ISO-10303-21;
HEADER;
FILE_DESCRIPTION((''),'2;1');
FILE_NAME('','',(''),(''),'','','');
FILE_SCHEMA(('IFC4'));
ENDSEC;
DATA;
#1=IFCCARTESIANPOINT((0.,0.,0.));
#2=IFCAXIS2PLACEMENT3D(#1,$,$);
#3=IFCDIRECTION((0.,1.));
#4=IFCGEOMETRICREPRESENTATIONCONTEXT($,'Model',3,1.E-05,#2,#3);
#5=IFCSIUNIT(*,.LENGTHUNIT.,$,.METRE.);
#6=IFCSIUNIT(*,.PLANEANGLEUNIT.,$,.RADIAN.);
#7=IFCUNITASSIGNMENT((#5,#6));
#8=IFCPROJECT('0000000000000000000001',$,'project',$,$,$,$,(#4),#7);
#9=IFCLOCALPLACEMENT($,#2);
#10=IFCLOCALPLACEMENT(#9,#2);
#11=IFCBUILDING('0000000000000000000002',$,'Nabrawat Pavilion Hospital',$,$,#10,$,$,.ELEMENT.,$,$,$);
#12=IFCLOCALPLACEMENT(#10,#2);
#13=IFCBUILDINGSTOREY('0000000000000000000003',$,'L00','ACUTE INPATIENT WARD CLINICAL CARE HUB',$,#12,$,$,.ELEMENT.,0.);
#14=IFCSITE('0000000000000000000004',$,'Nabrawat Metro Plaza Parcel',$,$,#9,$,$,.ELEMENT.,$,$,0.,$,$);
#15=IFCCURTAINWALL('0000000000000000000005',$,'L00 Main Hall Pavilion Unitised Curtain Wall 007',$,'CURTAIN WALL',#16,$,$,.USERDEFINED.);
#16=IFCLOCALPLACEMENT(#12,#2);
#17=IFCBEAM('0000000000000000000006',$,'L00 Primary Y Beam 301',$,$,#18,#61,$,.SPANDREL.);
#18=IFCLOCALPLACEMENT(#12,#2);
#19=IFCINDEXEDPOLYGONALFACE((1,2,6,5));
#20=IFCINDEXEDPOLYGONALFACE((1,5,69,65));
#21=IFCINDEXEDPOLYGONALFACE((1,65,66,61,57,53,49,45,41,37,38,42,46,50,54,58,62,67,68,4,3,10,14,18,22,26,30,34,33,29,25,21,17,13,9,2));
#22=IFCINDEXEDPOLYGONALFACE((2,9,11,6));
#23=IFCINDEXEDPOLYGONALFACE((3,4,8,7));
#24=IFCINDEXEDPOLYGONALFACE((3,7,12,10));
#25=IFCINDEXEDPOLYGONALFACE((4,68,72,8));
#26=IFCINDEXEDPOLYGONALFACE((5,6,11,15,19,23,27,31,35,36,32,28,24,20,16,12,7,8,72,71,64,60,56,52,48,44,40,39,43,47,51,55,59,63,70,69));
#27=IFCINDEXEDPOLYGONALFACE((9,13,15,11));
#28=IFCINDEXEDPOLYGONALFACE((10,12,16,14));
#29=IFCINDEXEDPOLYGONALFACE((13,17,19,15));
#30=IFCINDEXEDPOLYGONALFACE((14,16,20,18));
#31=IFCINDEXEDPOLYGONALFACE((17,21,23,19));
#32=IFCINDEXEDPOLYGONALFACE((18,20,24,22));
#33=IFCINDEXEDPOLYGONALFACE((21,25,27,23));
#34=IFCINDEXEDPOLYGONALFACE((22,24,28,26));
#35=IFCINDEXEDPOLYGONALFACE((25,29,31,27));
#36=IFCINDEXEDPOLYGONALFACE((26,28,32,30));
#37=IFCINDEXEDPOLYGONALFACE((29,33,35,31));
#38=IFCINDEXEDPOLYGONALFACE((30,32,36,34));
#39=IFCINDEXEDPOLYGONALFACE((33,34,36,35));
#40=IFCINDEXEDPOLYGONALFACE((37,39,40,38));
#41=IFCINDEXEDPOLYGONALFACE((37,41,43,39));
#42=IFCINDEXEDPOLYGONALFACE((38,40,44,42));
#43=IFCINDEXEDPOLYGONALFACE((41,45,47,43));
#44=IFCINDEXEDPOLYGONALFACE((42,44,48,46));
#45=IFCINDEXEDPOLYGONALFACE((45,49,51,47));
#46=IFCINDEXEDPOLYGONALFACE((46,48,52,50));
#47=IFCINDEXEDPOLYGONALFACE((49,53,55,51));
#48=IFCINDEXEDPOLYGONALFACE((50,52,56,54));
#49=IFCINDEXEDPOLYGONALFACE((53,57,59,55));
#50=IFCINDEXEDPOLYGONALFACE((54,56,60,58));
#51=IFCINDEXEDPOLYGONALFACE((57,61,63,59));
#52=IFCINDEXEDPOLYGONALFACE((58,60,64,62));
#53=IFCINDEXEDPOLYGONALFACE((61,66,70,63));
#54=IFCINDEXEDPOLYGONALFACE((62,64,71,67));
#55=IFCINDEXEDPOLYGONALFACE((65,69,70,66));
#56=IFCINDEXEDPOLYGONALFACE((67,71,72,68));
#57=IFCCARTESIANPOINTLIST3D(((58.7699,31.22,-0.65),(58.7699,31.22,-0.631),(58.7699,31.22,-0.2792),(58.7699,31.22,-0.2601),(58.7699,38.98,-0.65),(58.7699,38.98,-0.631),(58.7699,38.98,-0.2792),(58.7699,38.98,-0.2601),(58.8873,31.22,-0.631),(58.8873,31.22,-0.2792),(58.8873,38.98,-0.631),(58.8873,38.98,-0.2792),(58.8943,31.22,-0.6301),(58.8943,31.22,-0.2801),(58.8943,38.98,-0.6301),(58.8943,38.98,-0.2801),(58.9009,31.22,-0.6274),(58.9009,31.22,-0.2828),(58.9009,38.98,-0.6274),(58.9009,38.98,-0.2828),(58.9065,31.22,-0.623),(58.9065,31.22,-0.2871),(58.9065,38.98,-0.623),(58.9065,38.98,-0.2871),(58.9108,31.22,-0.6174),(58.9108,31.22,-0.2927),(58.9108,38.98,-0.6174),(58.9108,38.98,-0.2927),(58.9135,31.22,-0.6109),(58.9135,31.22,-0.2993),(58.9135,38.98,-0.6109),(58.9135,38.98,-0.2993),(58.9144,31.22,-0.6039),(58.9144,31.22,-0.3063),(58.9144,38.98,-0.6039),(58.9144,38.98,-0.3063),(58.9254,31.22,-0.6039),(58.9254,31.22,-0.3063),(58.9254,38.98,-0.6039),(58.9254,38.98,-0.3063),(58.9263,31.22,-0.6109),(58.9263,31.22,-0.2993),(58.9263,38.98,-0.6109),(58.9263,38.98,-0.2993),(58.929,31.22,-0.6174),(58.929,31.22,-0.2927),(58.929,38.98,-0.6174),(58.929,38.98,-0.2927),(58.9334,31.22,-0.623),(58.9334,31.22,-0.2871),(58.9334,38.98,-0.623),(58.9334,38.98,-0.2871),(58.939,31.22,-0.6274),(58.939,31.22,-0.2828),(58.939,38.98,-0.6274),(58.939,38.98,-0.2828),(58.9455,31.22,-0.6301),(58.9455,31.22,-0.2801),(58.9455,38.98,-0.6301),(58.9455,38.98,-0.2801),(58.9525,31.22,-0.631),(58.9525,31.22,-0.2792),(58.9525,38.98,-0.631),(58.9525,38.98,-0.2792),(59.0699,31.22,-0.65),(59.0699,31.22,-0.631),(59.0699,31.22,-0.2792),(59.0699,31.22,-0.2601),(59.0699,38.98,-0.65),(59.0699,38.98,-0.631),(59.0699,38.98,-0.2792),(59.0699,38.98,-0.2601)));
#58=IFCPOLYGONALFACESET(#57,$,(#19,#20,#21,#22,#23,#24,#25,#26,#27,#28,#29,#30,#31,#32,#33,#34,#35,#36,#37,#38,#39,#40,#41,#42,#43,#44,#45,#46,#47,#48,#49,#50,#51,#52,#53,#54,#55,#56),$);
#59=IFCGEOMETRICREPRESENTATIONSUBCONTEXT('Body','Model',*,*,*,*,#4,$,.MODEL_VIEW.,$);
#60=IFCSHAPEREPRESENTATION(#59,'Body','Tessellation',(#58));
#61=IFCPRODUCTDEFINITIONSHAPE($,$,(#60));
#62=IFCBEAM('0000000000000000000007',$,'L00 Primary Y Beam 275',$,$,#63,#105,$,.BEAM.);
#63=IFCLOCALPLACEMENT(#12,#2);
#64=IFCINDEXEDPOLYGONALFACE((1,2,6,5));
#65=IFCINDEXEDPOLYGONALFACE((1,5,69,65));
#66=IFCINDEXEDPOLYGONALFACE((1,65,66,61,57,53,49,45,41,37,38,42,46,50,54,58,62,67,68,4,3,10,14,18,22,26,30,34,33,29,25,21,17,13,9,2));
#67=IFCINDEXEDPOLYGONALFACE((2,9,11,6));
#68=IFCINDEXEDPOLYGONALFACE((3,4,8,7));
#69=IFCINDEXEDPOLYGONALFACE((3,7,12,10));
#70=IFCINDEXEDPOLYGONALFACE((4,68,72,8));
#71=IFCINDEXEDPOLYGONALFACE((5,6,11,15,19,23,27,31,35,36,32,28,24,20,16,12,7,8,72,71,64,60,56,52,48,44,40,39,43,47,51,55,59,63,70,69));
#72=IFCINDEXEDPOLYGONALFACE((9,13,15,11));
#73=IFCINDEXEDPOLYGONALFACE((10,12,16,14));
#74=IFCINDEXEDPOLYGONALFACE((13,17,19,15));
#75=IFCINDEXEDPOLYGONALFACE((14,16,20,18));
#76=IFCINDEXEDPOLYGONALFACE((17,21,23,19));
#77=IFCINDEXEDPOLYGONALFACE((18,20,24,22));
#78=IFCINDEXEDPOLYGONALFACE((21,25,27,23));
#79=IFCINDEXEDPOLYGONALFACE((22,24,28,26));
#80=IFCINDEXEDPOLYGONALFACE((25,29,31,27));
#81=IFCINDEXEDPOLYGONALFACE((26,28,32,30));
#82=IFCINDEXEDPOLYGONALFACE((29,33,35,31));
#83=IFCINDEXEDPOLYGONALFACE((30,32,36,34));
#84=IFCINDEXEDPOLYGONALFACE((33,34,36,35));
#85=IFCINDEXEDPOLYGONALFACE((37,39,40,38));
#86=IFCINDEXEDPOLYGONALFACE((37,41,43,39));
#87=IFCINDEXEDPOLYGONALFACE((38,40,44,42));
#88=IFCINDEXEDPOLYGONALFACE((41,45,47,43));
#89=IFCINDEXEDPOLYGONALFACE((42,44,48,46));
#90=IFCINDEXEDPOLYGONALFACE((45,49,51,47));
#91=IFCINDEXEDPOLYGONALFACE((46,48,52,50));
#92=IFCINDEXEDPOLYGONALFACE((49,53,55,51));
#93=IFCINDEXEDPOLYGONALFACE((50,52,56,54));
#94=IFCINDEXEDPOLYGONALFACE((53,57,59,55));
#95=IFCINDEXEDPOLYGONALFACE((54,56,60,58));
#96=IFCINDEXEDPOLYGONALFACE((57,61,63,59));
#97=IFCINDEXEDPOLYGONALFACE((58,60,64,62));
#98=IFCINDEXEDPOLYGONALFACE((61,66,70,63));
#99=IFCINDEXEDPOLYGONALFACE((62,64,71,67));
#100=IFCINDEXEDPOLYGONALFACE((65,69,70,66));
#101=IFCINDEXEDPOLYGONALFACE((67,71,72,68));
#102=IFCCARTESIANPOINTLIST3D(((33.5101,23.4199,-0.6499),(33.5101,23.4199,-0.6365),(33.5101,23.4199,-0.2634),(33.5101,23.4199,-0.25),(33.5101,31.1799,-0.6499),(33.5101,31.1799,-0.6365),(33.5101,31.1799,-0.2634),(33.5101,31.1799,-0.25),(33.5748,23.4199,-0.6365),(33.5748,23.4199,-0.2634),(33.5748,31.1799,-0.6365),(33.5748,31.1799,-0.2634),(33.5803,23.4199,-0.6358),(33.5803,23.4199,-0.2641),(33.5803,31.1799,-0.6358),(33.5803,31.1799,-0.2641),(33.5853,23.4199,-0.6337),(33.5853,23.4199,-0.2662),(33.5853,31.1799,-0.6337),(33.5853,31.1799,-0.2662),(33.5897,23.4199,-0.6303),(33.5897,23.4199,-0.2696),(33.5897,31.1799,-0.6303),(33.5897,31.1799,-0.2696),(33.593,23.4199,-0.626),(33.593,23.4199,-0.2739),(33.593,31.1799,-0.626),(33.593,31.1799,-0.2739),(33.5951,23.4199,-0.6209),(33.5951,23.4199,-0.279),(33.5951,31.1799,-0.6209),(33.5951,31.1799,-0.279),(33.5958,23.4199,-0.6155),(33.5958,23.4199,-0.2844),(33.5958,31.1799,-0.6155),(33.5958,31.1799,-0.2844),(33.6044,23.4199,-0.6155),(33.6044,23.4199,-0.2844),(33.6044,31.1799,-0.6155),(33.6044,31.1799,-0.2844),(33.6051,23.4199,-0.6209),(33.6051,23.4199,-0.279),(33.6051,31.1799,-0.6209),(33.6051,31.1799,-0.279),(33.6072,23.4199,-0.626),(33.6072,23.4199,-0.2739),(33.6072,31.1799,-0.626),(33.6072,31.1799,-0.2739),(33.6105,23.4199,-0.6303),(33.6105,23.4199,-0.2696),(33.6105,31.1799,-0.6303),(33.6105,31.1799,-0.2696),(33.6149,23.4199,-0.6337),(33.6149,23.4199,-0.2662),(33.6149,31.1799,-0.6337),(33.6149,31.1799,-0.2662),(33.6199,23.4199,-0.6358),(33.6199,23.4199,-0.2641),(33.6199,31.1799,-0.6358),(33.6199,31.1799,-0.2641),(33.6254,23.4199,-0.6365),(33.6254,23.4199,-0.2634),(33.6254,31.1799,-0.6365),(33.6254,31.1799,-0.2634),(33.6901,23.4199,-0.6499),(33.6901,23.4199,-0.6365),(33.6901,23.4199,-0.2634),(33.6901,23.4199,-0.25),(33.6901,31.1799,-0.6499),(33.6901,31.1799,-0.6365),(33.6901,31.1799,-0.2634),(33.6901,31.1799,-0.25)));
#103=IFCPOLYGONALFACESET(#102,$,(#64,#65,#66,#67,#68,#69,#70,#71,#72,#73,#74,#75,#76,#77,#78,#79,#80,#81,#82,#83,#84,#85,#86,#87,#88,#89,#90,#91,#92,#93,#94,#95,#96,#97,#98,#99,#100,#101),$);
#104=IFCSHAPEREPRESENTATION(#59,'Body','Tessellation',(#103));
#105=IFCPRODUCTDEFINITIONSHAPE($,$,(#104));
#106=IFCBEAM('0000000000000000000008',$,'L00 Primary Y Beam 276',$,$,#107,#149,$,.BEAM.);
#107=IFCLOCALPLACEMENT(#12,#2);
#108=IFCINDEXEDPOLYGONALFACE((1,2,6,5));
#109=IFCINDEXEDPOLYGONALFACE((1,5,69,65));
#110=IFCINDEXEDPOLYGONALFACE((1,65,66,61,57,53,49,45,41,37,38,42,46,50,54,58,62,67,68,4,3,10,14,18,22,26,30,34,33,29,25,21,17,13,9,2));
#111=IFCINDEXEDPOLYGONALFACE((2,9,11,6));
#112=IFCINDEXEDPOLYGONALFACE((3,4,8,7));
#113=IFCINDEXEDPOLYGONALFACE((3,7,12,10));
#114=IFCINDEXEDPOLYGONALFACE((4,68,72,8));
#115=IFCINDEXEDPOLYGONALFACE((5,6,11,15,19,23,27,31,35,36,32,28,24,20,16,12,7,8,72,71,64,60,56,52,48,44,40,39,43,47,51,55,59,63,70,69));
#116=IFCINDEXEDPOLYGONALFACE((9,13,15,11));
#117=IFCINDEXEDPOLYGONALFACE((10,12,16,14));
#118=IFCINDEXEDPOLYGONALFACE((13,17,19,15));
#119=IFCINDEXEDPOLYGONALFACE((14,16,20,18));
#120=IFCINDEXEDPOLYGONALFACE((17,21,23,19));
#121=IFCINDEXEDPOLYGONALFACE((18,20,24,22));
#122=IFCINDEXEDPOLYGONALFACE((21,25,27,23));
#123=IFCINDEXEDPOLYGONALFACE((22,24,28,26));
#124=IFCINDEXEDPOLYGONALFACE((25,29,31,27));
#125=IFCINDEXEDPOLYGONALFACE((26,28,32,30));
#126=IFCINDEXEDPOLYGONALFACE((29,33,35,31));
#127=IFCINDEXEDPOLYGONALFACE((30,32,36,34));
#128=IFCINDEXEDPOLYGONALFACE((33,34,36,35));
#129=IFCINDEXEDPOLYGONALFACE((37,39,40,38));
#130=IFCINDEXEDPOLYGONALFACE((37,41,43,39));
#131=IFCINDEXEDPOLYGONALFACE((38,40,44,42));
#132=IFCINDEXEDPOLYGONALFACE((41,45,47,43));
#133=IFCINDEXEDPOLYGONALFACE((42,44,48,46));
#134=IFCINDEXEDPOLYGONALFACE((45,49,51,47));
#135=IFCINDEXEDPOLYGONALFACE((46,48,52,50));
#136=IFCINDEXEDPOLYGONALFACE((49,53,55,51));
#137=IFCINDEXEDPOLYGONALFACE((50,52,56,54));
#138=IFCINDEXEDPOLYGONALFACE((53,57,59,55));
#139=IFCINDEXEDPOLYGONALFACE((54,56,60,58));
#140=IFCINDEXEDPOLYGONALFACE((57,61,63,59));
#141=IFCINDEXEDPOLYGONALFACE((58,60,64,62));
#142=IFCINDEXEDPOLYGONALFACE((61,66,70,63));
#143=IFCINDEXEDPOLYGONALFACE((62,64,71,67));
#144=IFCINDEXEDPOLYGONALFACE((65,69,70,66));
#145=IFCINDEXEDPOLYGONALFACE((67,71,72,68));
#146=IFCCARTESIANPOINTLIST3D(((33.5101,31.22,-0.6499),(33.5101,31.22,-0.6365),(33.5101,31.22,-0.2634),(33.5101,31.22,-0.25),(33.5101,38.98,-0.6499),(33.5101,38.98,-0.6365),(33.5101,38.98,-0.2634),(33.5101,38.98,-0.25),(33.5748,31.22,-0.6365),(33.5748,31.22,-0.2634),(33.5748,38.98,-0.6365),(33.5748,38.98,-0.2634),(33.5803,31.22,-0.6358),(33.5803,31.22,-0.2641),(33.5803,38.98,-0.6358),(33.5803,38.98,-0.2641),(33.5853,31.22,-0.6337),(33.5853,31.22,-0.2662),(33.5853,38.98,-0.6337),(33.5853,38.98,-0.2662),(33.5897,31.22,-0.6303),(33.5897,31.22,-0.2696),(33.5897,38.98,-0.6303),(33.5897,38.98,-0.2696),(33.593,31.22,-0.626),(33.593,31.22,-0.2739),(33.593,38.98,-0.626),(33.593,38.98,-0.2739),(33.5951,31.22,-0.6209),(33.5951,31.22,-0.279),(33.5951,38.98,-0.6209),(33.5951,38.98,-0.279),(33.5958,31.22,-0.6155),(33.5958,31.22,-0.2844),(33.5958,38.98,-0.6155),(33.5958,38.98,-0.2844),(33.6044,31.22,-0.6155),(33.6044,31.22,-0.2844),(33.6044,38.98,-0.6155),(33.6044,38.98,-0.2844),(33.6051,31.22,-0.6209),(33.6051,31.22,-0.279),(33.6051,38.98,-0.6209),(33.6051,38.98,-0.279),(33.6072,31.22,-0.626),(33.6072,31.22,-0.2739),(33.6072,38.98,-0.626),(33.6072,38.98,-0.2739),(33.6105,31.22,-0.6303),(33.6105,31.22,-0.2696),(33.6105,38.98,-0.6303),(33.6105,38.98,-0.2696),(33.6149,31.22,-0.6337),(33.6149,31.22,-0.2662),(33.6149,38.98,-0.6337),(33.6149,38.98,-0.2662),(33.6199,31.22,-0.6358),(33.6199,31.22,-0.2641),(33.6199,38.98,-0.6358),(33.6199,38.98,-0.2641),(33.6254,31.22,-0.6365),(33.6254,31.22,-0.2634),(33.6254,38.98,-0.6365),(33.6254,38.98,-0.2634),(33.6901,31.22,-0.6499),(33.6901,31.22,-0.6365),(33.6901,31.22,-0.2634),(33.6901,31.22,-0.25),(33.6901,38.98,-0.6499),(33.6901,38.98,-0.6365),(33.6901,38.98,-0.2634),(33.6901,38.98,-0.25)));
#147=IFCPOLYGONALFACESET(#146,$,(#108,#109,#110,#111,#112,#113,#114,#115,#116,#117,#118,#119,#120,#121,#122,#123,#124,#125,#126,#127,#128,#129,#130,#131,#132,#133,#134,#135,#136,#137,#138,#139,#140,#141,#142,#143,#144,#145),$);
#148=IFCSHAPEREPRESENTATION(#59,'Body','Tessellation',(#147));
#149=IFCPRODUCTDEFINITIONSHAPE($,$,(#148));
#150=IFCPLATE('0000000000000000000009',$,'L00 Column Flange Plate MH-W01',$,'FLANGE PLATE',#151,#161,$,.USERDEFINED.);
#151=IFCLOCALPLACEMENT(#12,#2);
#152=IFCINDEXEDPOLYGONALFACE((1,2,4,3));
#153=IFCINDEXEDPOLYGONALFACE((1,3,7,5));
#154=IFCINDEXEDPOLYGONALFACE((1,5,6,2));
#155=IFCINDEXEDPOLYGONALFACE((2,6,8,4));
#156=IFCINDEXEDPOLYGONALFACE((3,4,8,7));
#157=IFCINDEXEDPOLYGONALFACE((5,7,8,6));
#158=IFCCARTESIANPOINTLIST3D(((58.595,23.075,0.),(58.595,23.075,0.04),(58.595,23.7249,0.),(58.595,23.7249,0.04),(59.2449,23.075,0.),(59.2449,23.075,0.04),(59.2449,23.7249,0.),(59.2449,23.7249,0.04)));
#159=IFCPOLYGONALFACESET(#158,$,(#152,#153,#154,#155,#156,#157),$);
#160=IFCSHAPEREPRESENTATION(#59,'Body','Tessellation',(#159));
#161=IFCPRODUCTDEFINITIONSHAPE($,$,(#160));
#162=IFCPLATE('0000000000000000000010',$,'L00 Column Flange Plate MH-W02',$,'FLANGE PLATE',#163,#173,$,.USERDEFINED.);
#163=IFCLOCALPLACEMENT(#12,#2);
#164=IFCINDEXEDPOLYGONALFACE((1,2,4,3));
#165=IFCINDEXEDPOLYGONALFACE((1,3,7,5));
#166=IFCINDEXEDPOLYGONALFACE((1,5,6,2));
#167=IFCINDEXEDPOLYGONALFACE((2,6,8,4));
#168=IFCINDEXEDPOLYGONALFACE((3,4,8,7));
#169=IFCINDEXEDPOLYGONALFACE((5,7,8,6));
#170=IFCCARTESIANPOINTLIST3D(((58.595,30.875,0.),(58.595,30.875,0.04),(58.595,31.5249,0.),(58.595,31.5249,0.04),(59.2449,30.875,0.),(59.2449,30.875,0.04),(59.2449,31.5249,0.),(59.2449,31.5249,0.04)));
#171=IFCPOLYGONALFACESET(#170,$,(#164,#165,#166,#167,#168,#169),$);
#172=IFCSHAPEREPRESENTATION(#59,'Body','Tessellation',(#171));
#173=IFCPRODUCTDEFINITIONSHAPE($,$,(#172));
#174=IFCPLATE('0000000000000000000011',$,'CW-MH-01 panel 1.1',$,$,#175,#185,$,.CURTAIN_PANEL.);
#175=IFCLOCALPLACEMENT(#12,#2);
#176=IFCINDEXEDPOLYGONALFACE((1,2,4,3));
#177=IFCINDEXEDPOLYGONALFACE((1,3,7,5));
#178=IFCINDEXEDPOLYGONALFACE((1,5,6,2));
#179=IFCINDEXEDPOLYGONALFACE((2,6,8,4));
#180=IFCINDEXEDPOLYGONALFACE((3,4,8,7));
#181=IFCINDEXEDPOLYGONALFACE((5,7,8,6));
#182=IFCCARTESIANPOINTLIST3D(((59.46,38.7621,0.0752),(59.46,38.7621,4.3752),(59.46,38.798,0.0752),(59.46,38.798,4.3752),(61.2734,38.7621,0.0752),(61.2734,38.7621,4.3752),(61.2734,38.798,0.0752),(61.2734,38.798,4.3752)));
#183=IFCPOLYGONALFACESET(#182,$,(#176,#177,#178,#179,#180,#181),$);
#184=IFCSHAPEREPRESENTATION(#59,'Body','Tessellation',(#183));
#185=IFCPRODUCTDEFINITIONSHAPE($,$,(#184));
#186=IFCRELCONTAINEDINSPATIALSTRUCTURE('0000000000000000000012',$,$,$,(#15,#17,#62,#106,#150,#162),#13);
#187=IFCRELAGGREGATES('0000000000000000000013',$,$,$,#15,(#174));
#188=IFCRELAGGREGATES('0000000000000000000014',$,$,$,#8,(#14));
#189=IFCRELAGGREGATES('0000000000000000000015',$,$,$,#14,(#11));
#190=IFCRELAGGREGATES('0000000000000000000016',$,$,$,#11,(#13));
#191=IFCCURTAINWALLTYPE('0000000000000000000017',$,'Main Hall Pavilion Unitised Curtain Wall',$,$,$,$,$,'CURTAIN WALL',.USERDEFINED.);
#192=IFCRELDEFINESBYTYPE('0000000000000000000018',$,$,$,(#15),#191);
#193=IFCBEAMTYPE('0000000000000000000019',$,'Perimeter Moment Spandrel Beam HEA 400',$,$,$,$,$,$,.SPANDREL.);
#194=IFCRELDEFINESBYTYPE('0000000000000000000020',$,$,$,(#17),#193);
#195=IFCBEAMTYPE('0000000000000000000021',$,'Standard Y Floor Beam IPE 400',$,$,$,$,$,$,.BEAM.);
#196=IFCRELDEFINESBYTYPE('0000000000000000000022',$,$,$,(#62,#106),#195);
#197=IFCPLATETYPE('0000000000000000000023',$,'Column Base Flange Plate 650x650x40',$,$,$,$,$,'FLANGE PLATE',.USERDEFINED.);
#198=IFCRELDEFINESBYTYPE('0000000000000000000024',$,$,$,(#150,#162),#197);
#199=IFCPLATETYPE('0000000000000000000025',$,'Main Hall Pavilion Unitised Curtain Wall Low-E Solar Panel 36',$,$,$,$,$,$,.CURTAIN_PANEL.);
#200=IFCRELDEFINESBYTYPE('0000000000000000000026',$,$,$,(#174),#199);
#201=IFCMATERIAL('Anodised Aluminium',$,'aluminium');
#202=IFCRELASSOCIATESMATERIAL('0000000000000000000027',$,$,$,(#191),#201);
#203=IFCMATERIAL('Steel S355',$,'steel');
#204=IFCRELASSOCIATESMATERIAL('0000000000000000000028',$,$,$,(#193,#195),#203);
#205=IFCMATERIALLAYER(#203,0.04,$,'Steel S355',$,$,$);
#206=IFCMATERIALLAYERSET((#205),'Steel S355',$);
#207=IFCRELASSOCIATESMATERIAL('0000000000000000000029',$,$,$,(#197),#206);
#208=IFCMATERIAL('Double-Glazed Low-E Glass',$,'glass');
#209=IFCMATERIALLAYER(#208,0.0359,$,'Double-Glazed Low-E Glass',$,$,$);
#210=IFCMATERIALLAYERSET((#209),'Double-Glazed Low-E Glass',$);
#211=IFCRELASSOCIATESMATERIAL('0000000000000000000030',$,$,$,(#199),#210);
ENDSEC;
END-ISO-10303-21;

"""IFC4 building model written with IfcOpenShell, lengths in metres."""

from ifc_helpers import new_model, si_unit, direction, frame, origin, origin_2d, place, context, subcontext, project, spatial, rectangle, i_section, extrude, material, layer, layer_set, material_profile, profile_set, type_object, element, aggregate, save


model = new_model("IFC4")

# Units and contexts
model_context = context("Model", 3, precision=1e-05, world=origin(), true_north=direction((0.0, 1.0)))
body_context = subcontext(model_context, "Body", "Model", "MODEL_VIEW")
ifc_project = project(units=[si_unit("LENGTHUNIT", "METRE"), si_unit("PLANEANGLEUNIT", "RADIAN")], contexts=[model_context])

# Site, building, storey
site_placement = place(None, origin())
site = spatial("IfcSite", under=ifc_project, at=site_placement, Name="Nabrawat Metro Plaza Parcel", CompositionType="ELEMENT", RefElevation=0.0)
building_placement = place(site_placement, origin())
building = spatial("IfcBuilding", under=site, at=building_placement, Name="Nabrawat Pavilion Hospital", CompositionType="ELEMENT")
storey_placement = place(building_placement, origin())
storey = spatial("IfcBuildingStorey", under=building, at=storey_placement, Name="L00", Description="ACUTE INPATIENT WARD CLINICAL CARE HUB", CompositionType="ELEMENT", Elevation=0.0)

# Shared definitions
ifc_material_1 = material(Name="Steel S355", Category="steel")

# Curtain wall
ifc_material_2 = material(Name="Anodised Aluminium", Category="aluminium")
curtain_wall_type = type_object("IfcCurtainWallType", Name="Main Hall Pavilion Unitised Curtain Wall", ElementType="CURTAIN WALL", PredefinedType="USERDEFINED", material=ifc_material_2)
curtain_wall_placement = place(storey_placement, origin())
curtain_wall = element("IfcCurtainWall", 1, at=curtain_wall_placement, inside=storey, type_object=curtain_wall_type, Name="L00 Main Hall Pavilion Unitised Curtain Wall 007", ObjectType="CURTAIN WALL", PredefinedType="USERDEFINED")

# Beams
ifc_material_profile_1 = material_profile(ifc_material_1, i_section(OverallWidth=0.3, OverallDepth=0.3899, WebThickness=0.011, FlangeThickness=0.019, FilletRadius=0.0271, at=origin_2d()), Name="HEA 400")
ifc_profile_set_1 = profile_set([ifc_material_profile_1], Name="Steel S355")
beam_type_1 = type_object("IfcBeamType", Name="Perimeter Moment Spandrel Beam HEA 400", PredefinedType="SPANDREL", material=ifc_profile_set_1)
for number, where, z_axis, x_axis, name in (
    (2, (58.9199, 31.22, -0.4551), (0.0, 1.0, 0.0), (-1.0, 0.0, 0.0), "L00 Primary Y Beam 301"),
):
    element("IfcBeam", number, at=place(storey_placement, frame(where, z_axis=z_axis, x_axis=x_axis)), inside=storey, type_object=beam_type_1, Name=name, PredefinedType="SPANDREL", context=body_context, shape_type="SweptSolid", body=[
        extrude(i_section(OverallWidth=0.3, OverallDepth=0.3899, WebThickness=0.011, FlangeThickness=0.019, FilletRadius=0.0271, at=origin_2d()), origin(), (0.0, 0.0, 1.0), 7.76),
    ])
ifc_material_profile_2 = material_profile(ifc_material_1, i_section(OverallWidth=0.1799, OverallDepth=0.3999, WebThickness=0.0085, FlangeThickness=0.0134, FilletRadius=0.021, at=origin_2d()), Name="IPE 400")
ifc_profile_set_2 = profile_set([ifc_material_profile_2], Name="Steel S355")
beam_type_2 = type_object("IfcBeamType", Name="Standard Y Floor Beam IPE 400", PredefinedType="BEAM", material=ifc_profile_set_2)
for number, where, z_axis, x_axis, name in (
    (3, (33.6001, 23.4199, -0.45), (0.0, 1.0, 0.0), (-1.0, 0.0, 0.0), "L00 Primary Y Beam 275"),
    (4, (33.6001, 31.22, -0.45), (0.0, 1.0, 0.0), (-1.0, 0.0, 0.0), "L00 Primary Y Beam 276"),
):
    element("IfcBeam", number, at=place(storey_placement, frame(where, z_axis=z_axis, x_axis=x_axis)), inside=storey, type_object=beam_type_2, Name=name, PredefinedType="BEAM", context=body_context, shape_type="SweptSolid", body=[
        extrude(i_section(OverallWidth=0.1799, OverallDepth=0.3999, WebThickness=0.0085, FlangeThickness=0.0134, FilletRadius=0.021, at=origin_2d()), origin(), (0.0, 0.0, 1.0), 7.76),
    ])

# Plates
ifc_layer_1 = layer(ifc_material_1, 0.04, Name="Steel S355")
ifc_layer_set_1 = layer_set([ifc_layer_1], Name="Steel S355")
plate_type_1 = type_object("IfcPlateType", Name="Column Base Flange Plate 650x650x40", ElementType="FLANGE PLATE", PredefinedType="USERDEFINED", material=ifc_layer_set_1)
for number, where, z_axis, x_axis, name in (
    (5, (58.9199, 23.3999, 0.0), (0.0, 0.0, 1.0), (1.0, 0.0, 0.0), "L00 Column Flange Plate MH-W01"),
    (6, (58.9199, 31.2, 0.0), (0.0, 0.0, 1.0), (1.0, 0.0, 0.0), "L00 Column Flange Plate MH-W02"),
):
    element("IfcPlate", number, at=place(storey_placement, frame(where, z_axis=z_axis, x_axis=x_axis)), inside=storey, type_object=plate_type_1, Name=name, ObjectType="FLANGE PLATE", PredefinedType="USERDEFINED", context=body_context, shape_type="SweptSolid", body=[
        extrude(rectangle(XDim=0.6499, YDim=0.6499, at=origin_2d()), origin(), (0.0, 0.0, 1.0), 0.04),
    ])

# Plate
ifc_material_3 = material(Name="Double-Glazed Low-E Glass", Category="glass")
ifc_layer_2 = layer(ifc_material_3, 0.0359, Name="Double-Glazed Low-E Glass")
ifc_layer_set_2 = layer_set([ifc_layer_2], Name="Double-Glazed Low-E Glass")
plate_type_2 = type_object("IfcPlateType", Name="Main Hall Pavilion Unitised Curtain Wall Low-E Solar Panel 36", PredefinedType="CURTAIN_PANEL", material=ifc_layer_set_2)
plate_1_placement = place(storey_placement, frame((60.3667, 38.78, 0.0752), z_axis=(0.0, 0.0, 1.0), x_axis=(1.0, 0.0, 0.0)))
plate_1 = element("IfcPlate", 7, at=plate_1_placement, type_object=plate_type_2, Name="CW-MH-01 panel 1.1", PredefinedType="CURTAIN_PANEL", context=body_context, shape_type="SweptSolid", body=[
    extrude(rectangle(XDim=1.8135, YDim=0.0359, at=origin_2d()), origin(), (0.0, 0.0, 1.0), 4.3),
])
aggregate(curtain_wall, [plate_1])

save(model, "model.ifc")
